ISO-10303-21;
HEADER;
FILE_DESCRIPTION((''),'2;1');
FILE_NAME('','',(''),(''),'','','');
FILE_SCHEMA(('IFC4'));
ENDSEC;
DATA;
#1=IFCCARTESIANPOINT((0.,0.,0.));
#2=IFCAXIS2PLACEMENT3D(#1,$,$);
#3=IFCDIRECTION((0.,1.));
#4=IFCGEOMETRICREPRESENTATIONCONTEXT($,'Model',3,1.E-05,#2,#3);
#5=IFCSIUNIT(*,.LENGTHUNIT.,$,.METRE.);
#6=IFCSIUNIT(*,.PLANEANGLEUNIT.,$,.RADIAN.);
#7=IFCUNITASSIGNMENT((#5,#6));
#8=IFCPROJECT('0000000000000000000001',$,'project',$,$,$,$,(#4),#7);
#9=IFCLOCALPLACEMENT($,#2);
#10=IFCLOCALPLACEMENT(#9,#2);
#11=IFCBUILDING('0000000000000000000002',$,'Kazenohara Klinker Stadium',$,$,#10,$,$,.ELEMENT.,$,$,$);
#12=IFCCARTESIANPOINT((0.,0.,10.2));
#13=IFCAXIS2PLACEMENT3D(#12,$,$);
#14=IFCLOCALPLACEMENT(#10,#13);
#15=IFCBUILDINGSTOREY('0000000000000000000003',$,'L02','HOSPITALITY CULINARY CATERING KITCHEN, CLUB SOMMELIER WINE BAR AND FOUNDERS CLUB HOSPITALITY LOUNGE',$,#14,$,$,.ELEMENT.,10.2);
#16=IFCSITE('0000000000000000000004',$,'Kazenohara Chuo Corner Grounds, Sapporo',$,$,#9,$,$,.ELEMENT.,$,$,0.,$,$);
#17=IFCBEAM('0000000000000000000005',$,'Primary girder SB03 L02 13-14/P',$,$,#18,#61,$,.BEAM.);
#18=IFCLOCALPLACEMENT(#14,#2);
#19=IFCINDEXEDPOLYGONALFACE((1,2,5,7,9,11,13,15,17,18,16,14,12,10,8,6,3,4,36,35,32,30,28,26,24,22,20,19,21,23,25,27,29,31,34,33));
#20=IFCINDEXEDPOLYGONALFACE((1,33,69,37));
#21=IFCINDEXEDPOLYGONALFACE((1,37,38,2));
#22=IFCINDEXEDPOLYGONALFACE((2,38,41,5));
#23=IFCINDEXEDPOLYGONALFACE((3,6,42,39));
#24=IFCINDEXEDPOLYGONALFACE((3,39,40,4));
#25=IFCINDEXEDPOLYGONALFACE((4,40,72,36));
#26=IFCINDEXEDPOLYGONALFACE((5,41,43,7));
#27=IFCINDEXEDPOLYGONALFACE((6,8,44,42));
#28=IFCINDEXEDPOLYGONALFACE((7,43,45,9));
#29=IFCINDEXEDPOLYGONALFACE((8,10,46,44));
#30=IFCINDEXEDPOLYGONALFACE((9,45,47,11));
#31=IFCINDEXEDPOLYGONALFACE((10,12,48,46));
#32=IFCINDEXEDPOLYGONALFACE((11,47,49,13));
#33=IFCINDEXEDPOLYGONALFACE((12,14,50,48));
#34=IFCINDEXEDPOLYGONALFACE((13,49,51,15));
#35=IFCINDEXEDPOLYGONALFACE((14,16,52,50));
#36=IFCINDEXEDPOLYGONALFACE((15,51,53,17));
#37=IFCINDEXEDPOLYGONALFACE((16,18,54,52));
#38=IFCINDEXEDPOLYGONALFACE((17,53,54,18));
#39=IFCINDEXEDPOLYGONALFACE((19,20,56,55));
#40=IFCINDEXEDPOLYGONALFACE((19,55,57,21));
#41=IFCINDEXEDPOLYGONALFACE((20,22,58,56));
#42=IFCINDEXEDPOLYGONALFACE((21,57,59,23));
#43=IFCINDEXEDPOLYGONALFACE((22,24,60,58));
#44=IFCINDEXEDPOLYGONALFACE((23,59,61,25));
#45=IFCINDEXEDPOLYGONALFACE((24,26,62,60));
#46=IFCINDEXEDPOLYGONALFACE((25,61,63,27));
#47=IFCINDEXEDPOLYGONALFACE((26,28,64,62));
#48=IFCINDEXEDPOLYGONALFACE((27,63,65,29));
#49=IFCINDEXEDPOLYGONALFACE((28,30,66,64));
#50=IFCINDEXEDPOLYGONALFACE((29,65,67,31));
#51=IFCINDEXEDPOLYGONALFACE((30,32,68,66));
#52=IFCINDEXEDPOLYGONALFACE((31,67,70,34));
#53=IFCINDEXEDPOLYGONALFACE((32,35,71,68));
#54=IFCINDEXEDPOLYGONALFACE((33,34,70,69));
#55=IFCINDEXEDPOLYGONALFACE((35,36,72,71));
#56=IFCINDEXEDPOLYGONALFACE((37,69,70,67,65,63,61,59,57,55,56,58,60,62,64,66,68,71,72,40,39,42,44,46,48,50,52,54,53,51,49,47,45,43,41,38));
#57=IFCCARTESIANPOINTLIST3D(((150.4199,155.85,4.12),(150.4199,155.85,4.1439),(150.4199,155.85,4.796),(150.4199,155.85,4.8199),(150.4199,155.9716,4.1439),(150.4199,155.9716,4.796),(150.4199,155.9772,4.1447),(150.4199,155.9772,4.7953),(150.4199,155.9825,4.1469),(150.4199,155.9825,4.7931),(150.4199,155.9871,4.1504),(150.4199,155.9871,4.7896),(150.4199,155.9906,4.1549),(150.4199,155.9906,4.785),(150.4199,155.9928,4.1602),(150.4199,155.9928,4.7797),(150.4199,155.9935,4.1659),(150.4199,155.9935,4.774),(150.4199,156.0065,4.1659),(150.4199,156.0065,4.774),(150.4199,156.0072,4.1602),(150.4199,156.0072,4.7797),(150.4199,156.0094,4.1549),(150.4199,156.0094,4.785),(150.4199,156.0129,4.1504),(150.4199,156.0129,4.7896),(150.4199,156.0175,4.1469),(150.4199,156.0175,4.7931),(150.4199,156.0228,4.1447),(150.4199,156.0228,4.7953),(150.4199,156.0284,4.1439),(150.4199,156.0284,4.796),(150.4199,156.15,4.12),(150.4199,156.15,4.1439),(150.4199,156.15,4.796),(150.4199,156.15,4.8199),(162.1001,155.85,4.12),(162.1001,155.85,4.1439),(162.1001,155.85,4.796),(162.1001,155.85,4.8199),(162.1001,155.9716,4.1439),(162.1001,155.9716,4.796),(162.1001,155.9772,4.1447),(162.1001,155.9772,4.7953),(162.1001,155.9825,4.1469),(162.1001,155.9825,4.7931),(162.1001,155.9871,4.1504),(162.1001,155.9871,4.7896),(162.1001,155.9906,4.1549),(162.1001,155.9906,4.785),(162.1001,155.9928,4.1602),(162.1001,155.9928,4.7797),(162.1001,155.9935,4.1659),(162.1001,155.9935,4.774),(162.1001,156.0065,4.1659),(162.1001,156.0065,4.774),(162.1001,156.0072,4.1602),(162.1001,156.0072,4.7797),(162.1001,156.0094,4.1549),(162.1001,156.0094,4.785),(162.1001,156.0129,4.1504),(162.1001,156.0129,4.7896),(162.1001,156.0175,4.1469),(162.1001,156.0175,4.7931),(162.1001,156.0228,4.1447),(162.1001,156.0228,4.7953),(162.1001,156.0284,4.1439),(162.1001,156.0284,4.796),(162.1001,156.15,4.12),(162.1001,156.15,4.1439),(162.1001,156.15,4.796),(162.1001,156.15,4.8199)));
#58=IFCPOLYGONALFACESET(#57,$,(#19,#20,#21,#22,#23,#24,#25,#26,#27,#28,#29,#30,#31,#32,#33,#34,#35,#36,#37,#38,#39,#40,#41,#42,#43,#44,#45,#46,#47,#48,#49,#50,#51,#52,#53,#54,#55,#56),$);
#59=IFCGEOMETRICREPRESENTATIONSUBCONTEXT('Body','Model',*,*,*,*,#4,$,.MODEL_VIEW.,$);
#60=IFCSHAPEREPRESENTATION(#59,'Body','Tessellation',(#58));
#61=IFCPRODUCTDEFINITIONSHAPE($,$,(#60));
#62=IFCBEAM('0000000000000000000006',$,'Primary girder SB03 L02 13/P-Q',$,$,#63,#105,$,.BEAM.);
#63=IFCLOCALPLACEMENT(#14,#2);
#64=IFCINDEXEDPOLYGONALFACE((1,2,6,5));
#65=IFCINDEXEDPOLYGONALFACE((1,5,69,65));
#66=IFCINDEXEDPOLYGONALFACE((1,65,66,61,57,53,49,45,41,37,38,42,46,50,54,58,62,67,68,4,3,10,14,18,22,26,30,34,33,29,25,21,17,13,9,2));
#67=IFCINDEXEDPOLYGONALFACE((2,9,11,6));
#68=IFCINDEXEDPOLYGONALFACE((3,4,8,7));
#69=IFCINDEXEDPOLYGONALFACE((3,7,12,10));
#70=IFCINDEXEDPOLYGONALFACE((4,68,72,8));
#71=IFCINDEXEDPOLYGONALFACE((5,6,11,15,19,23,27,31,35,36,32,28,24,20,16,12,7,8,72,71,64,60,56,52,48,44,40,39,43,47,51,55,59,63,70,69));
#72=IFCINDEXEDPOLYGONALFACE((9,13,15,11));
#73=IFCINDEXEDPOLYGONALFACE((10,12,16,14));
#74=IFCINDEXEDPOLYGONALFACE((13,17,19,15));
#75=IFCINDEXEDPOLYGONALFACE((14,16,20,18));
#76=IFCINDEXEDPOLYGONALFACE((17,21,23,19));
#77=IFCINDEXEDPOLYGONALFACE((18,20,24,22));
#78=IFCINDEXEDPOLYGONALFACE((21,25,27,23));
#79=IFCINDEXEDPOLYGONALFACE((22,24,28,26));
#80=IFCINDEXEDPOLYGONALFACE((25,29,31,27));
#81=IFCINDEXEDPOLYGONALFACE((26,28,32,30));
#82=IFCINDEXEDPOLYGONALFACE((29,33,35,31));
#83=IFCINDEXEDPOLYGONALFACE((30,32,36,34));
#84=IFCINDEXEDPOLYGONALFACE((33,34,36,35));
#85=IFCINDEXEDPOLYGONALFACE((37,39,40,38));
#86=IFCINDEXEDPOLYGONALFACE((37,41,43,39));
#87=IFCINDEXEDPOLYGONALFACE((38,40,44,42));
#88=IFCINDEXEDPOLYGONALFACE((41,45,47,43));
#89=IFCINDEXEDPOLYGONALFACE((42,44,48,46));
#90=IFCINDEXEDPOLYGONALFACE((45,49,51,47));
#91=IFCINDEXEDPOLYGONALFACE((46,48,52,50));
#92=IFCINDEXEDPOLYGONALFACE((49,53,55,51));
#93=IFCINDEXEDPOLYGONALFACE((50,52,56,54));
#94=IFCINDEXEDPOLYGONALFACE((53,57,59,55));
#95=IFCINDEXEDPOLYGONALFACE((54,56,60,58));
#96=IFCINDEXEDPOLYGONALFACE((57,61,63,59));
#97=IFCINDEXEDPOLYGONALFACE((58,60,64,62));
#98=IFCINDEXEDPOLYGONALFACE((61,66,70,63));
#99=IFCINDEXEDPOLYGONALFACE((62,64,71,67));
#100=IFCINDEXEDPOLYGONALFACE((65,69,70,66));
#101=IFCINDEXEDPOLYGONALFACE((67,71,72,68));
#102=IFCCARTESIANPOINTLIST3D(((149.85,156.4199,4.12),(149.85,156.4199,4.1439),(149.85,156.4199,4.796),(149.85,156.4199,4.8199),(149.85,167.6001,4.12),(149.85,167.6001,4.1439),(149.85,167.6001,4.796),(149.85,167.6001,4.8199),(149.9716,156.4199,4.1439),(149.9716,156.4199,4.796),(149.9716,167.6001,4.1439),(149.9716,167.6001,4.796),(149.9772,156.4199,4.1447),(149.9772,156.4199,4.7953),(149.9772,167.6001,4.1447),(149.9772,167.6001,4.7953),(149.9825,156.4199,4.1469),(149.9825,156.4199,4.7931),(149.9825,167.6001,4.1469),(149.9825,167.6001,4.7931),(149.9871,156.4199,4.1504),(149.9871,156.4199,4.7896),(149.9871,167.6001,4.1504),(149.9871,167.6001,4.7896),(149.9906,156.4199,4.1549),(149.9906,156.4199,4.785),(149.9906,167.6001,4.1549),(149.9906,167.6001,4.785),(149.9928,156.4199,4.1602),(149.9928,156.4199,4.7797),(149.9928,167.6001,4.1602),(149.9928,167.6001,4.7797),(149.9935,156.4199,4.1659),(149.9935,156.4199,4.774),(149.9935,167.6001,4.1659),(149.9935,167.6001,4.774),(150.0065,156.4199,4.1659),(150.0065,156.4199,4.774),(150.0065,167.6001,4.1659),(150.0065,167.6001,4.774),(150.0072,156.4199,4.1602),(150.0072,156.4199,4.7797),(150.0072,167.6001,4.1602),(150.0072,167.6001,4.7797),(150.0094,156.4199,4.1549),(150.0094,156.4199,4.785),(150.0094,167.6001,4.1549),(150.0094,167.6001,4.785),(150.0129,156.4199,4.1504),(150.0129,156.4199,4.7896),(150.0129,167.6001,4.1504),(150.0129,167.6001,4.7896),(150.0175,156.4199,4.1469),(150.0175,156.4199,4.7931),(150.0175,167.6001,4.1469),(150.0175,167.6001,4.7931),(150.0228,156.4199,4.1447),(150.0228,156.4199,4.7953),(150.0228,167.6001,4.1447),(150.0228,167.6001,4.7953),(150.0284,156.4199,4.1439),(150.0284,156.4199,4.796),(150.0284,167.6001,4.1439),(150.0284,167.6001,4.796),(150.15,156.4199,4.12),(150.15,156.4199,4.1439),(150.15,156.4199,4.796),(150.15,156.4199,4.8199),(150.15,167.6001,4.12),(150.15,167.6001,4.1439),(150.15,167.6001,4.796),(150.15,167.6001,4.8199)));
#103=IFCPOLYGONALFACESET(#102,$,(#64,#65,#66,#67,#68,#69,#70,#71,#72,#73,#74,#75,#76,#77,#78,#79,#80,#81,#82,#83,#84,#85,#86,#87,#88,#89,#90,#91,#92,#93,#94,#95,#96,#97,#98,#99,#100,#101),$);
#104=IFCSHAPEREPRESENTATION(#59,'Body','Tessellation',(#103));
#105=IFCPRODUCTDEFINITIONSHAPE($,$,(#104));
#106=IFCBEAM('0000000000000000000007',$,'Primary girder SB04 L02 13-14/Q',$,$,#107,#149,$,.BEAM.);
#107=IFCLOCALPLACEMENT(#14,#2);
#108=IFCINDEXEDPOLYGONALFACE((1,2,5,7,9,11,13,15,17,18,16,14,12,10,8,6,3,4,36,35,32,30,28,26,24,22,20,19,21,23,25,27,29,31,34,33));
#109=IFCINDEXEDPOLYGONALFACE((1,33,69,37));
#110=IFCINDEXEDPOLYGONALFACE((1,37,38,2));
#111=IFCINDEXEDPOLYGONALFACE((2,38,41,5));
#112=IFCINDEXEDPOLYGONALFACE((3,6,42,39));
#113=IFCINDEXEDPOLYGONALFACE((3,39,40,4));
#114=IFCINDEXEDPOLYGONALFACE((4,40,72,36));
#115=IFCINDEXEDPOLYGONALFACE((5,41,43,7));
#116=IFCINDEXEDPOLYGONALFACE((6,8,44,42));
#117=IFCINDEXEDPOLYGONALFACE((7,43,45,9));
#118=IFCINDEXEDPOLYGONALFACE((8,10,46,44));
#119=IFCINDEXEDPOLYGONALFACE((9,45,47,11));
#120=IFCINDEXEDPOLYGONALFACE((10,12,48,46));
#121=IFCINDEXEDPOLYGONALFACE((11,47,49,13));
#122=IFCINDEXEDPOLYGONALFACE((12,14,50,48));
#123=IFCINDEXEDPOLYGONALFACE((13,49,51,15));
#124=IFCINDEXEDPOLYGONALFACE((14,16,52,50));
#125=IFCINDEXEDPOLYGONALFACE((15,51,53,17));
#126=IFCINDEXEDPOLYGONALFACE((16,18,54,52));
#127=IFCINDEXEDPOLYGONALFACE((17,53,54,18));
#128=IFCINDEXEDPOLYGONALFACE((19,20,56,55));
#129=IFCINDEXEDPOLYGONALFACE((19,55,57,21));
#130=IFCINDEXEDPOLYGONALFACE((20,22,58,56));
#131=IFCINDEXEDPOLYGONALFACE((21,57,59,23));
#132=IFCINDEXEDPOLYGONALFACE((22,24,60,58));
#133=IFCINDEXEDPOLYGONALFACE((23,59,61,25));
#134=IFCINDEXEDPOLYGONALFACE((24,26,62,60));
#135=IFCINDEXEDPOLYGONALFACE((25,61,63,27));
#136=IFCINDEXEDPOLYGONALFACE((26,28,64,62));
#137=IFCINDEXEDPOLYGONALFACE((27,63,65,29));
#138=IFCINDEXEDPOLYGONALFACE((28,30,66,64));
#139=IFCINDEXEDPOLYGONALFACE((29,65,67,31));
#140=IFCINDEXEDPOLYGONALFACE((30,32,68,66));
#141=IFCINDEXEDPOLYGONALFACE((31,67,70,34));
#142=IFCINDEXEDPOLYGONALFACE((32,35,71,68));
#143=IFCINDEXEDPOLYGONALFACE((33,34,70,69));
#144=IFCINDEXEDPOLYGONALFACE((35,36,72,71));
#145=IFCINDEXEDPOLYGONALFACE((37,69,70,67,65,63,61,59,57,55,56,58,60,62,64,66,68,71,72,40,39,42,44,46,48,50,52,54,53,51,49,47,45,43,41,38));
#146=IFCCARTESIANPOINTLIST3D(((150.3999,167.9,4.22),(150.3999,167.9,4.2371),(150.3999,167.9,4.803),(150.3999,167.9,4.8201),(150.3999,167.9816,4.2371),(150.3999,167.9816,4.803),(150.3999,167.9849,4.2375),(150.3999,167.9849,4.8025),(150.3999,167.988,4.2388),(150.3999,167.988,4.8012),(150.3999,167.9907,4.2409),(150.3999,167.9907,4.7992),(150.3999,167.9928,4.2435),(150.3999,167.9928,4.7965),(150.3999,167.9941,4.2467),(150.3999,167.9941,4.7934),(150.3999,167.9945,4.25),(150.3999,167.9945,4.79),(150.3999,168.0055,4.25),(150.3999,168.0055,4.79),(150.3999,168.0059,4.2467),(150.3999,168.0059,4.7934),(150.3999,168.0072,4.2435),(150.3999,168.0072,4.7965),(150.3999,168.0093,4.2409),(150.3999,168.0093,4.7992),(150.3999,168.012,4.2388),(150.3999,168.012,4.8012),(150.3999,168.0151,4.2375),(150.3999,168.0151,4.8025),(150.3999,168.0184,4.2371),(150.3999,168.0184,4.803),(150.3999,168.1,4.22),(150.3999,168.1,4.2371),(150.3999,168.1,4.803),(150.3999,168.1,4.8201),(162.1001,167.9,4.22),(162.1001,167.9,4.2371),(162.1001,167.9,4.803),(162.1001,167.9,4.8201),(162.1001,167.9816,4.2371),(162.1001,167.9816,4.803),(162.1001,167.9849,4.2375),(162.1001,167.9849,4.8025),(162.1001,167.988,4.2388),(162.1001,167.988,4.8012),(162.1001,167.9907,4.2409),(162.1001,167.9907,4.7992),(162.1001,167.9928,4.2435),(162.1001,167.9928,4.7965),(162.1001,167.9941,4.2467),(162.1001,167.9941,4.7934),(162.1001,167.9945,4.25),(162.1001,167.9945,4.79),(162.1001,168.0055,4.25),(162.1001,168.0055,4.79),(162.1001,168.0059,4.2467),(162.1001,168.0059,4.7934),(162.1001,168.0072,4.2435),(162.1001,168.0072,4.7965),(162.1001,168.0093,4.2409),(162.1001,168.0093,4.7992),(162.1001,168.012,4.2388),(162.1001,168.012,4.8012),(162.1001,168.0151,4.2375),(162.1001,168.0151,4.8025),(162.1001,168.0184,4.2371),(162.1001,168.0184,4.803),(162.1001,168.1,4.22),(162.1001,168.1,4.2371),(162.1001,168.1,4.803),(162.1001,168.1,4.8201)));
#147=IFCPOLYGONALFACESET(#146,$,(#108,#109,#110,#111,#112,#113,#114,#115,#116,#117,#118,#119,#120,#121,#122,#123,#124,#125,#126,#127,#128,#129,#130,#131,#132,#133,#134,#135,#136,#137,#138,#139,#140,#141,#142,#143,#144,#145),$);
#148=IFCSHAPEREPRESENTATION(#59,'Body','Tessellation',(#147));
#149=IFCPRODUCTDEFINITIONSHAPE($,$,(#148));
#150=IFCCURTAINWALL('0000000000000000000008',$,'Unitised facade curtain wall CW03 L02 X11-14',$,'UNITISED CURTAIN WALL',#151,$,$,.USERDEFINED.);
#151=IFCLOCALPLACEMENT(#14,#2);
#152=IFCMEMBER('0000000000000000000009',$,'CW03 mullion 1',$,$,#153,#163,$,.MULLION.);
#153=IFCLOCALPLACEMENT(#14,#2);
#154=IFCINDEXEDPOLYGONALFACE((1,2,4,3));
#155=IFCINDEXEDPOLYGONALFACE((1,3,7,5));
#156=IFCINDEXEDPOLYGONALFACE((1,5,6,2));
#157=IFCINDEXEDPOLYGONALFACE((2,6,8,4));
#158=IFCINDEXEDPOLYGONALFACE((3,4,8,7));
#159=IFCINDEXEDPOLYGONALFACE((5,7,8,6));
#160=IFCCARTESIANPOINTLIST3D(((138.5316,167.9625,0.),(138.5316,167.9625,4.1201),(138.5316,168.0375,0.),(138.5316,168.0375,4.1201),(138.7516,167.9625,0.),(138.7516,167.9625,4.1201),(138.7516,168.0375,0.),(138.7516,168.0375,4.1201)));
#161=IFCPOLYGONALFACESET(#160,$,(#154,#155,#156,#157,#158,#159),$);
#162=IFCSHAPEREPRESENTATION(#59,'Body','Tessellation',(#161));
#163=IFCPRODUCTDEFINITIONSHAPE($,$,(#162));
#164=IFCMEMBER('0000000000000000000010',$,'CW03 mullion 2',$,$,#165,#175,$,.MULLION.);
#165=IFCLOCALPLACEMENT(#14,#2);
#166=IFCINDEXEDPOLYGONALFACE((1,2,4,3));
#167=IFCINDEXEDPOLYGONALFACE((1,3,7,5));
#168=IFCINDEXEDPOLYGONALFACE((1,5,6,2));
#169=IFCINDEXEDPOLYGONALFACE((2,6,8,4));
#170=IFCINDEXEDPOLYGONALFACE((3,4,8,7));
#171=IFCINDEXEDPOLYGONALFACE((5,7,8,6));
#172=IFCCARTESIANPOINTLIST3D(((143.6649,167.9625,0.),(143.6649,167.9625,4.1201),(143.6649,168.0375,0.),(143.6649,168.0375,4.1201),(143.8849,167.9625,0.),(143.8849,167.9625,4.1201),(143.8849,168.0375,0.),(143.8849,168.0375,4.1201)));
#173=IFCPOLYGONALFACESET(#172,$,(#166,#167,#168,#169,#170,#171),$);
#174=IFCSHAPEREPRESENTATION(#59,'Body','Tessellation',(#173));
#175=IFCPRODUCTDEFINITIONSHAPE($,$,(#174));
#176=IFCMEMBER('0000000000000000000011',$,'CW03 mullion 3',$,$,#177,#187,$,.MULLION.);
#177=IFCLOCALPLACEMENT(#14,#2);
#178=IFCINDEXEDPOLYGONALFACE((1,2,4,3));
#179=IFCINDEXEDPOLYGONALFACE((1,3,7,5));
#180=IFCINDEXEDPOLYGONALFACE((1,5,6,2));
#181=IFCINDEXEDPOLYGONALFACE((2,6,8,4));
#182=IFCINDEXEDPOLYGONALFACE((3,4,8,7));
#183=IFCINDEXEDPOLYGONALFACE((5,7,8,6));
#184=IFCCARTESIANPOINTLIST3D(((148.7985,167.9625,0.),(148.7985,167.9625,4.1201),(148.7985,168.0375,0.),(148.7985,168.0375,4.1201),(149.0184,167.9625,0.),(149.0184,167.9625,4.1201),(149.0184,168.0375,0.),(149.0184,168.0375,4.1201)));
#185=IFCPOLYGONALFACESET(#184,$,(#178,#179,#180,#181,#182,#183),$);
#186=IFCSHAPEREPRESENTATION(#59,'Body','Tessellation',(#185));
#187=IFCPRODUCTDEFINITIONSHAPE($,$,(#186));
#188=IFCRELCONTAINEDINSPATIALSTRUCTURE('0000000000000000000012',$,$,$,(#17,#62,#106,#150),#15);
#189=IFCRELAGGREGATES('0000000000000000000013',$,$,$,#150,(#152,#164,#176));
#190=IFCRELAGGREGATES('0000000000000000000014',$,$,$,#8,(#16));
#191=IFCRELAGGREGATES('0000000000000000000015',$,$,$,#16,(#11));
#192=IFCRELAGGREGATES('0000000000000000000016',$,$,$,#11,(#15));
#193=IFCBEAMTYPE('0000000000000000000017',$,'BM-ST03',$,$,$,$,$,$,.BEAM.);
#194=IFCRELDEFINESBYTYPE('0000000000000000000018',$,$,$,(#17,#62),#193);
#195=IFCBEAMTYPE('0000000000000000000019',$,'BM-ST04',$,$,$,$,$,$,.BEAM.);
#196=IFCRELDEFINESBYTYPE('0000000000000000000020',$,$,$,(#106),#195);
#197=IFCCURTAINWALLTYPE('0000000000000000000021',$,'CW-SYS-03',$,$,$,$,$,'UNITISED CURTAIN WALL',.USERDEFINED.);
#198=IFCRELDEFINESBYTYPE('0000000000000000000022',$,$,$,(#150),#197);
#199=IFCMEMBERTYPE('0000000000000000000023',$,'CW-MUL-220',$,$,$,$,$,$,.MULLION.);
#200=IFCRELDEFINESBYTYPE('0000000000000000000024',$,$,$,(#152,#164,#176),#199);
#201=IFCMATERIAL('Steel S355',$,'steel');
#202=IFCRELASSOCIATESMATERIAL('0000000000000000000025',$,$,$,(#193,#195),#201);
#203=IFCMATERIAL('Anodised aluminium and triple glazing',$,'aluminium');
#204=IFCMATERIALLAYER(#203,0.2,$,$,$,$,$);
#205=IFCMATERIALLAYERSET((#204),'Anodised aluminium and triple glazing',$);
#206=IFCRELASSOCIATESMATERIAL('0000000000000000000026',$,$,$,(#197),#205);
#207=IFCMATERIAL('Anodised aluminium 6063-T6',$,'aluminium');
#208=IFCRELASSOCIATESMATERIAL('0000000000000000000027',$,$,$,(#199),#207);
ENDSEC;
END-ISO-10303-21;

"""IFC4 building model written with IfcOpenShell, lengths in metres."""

from ifc_helpers import new_model, si_unit, direction, frame, origin, origin_2d, place, context, subcontext, project, spatial, rectangle, i_section, extrude, material, layer, layer_set, material_profile, profile_set, type_object, element, aggregate, save


model = new_model("IFC4")

# Units and contexts
model_context = context("Model", 3, precision=1e-05, world=origin(), true_north=direction((0.0, 1.0)))
body_context = subcontext(model_context, "Body", "Model", "MODEL_VIEW")
ifc_project = project(units=[si_unit("LENGTHUNIT", "METRE"), si_unit("PLANEANGLEUNIT", "RADIAN")], contexts=[model_context])

# Site, building, storey
site_placement = place(None, origin())
site = spatial("IfcSite", under=ifc_project, at=site_placement, Name="Kazenohara Chuo Corner Grounds, Sapporo", CompositionType="ELEMENT", RefElevation=0.0)
building_placement = place(site_placement, origin())
building = spatial("IfcBuilding", under=site, at=building_placement, Name="Kazenohara Klinker Stadium", CompositionType="ELEMENT")
storey_placement = place(building_placement, frame((0.0, 0.0, 10.2)))
storey = spatial("IfcBuildingStorey", under=building, at=storey_placement, Name="L02", Description="HOSPITALITY CULINARY CATERING KITCHEN, CLUB SOMMELIER WINE BAR AND FOUNDERS CLUB HOSPITALITY LOUNGE", CompositionType="ELEMENT", Elevation=10.2)

# Beams
ifc_material_1 = material(Name="Steel S355", Category="steel")
ifc_material_profile_1 = material_profile(ifc_material_1, i_section(OverallWidth=0.3, OverallDepth=0.7, WebThickness=0.0129, FlangeThickness=0.0239, FilletRadius=0.022, at=origin_2d()), Name="H-700x300x13x24")
ifc_profile_set_1 = profile_set([ifc_material_profile_1], Name="Steel S355")
beam_type_1 = type_object("IfcBeamType", Name="BM-ST03", PredefinedType="BEAM", material=ifc_profile_set_1)
for number, where, z_axis, x_axis, name in (
    (1, (150.4199, 156.0, 4.47), (1.0, 0.0, 0.0), (0.0, 1.0, 0.0), "Primary girder SB03 L02 13-14/P"),
):
    element("IfcBeam", number, at=place(storey_placement, frame(where, z_axis=z_axis, x_axis=x_axis)), inside=storey, type_object=beam_type_1, Name=name, PredefinedType="BEAM", context=body_context, shape_type="SweptSolid", body=[
        extrude(i_section(OverallWidth=0.3, OverallDepth=0.7, WebThickness=0.0129, FlangeThickness=0.0239, FilletRadius=0.022, at=origin_2d()), origin(), (0.0, 0.0, 1.0), 11.6802),
    ])
beam_1_placement = place(storey_placement, frame((150.0, 156.4199, 4.47), z_axis=(0.0, 1.0, 0.0), x_axis=(-1.0, 0.0, 0.0)))
element("IfcBeam", 2, at=beam_1_placement, inside=storey, type_object=beam_type_1, Name="Primary girder SB03 L02 13/P-Q", PredefinedType="BEAM", context=body_context, shape_type="SweptSolid", body=[
    extrude(i_section(OverallWidth=0.3, OverallDepth=0.7, WebThickness=0.0129, FlangeThickness=0.0239, FilletRadius=0.022, at=origin_2d()), origin(), (0.0, 0.0, 1.0), 11.1802),
])
ifc_material_profile_2 = material_profile(ifc_material_1, i_section(OverallWidth=0.2, OverallDepth=0.6001, WebThickness=0.011, FlangeThickness=0.0171, FilletRadius=0.0129, at=origin_2d()), Name="H-600x200x11x17")
ifc_profile_set_2 = profile_set([ifc_material_profile_2], Name="Steel S355")
beam_type_2 = type_object("IfcBeamType", Name="BM-ST04", PredefinedType="BEAM", material=ifc_profile_set_2)
beam_2_placement = place(storey_placement, frame((150.3999, 168.0, 4.52), z_axis=(1.0, 0.0, 0.0), x_axis=(0.0, 1.0, 0.0)))
element("IfcBeam", 3, at=beam_2_placement, inside=storey, type_object=beam_type_2, Name="Primary girder SB04 L02 13-14/Q", PredefinedType="BEAM", context=body_context, shape_type="SweptSolid", body=[
    extrude(i_section(OverallWidth=0.2, OverallDepth=0.6001, WebThickness=0.011, FlangeThickness=0.0171, FilletRadius=0.0129, at=origin_2d()), origin(), (0.0, 0.0, 1.0), 11.7002),
])

# Curtain wall, members
ifc_material_2 = material(Name="Anodised aluminium and triple glazing", Category="aluminium")
ifc_layer_1 = layer(ifc_material_2, 0.2)
ifc_layer_set_1 = layer_set([ifc_layer_1], Name="Anodised aluminium and triple glazing")
curtain_wall_type_1 = type_object("IfcCurtainWallType", Name="CW-SYS-03", ElementType="UNITISED CURTAIN WALL", PredefinedType="USERDEFINED", material=ifc_layer_set_1)
curtain_wall_1_placement = place(storey_placement, origin())
curtain_wall_1 = element("IfcCurtainWall", 4, at=curtain_wall_1_placement, inside=storey, type_object=curtain_wall_type_1, Name="Unitised facade curtain wall CW03 L02 X11-14", ObjectType="UNITISED CURTAIN WALL", PredefinedType="USERDEFINED")
ifc_material_3 = material(Name="Anodised aluminium 6063-T6", Category="aluminium")
ifc_material_profile_3 = material_profile(ifc_material_3, rectangle(XDim=0.075, YDim=0.22, at=origin_2d()), Name="ALU-MUL-75x220")
ifc_profile_set_3 = profile_set([ifc_material_profile_3], Name="Anodised aluminium 6063-T6")
member_type_1 = type_object("IfcMemberType", Name="CW-MUL-220", PredefinedType="MULLION", material=ifc_profile_set_3)
member_1_placement = place(storey_placement, frame((138.6416, 168.0, 0.0), z_axis=(0.0, 0.0, 1.0), x_axis=(0.0, 1.0, 0.0)))
member_1 = element("IfcMember", 5, at=member_1_placement, type_object=member_type_1, Name="CW03 mullion 1", PredefinedType="MULLION", context=body_context, shape_type="SweptSolid", body=[
    extrude(rectangle(XDim=0.075, YDim=0.22, at=origin_2d()), origin(), (0.0, 0.0, 1.0), 4.1201),
])
member_2_placement = place(storey_placement, frame((143.7749, 168.0, 0.0), z_axis=(0.0, 0.0, 1.0), x_axis=(0.0, 1.0, 0.0)))
member_2 = element("IfcMember", 6, at=member_2_placement, type_object=member_type_1, Name="CW03 mullion 2", PredefinedType="MULLION", context=body_context, shape_type="SweptSolid", body=[
    extrude(rectangle(XDim=0.075, YDim=0.22, at=origin_2d()), origin(), (0.0, 0.0, 1.0), 4.1201),
])
member_3_placement = place(storey_placement, frame((148.9084, 168.0, 0.0), z_axis=(0.0, 0.0, 1.0), x_axis=(0.0, 1.0, 0.0)))
member_3 = element("IfcMember", 7, at=member_3_placement, type_object=member_type_1, Name="CW03 mullion 3", PredefinedType="MULLION", context=body_context, shape_type="SweptSolid", body=[
    extrude(rectangle(XDim=0.075, YDim=0.22, at=origin_2d()), origin(), (0.0, 0.0, 1.0), 4.1201),
])

aggregate(curtain_wall_1, [member_1, member_2, member_3])

save(model, "model.ifc")
